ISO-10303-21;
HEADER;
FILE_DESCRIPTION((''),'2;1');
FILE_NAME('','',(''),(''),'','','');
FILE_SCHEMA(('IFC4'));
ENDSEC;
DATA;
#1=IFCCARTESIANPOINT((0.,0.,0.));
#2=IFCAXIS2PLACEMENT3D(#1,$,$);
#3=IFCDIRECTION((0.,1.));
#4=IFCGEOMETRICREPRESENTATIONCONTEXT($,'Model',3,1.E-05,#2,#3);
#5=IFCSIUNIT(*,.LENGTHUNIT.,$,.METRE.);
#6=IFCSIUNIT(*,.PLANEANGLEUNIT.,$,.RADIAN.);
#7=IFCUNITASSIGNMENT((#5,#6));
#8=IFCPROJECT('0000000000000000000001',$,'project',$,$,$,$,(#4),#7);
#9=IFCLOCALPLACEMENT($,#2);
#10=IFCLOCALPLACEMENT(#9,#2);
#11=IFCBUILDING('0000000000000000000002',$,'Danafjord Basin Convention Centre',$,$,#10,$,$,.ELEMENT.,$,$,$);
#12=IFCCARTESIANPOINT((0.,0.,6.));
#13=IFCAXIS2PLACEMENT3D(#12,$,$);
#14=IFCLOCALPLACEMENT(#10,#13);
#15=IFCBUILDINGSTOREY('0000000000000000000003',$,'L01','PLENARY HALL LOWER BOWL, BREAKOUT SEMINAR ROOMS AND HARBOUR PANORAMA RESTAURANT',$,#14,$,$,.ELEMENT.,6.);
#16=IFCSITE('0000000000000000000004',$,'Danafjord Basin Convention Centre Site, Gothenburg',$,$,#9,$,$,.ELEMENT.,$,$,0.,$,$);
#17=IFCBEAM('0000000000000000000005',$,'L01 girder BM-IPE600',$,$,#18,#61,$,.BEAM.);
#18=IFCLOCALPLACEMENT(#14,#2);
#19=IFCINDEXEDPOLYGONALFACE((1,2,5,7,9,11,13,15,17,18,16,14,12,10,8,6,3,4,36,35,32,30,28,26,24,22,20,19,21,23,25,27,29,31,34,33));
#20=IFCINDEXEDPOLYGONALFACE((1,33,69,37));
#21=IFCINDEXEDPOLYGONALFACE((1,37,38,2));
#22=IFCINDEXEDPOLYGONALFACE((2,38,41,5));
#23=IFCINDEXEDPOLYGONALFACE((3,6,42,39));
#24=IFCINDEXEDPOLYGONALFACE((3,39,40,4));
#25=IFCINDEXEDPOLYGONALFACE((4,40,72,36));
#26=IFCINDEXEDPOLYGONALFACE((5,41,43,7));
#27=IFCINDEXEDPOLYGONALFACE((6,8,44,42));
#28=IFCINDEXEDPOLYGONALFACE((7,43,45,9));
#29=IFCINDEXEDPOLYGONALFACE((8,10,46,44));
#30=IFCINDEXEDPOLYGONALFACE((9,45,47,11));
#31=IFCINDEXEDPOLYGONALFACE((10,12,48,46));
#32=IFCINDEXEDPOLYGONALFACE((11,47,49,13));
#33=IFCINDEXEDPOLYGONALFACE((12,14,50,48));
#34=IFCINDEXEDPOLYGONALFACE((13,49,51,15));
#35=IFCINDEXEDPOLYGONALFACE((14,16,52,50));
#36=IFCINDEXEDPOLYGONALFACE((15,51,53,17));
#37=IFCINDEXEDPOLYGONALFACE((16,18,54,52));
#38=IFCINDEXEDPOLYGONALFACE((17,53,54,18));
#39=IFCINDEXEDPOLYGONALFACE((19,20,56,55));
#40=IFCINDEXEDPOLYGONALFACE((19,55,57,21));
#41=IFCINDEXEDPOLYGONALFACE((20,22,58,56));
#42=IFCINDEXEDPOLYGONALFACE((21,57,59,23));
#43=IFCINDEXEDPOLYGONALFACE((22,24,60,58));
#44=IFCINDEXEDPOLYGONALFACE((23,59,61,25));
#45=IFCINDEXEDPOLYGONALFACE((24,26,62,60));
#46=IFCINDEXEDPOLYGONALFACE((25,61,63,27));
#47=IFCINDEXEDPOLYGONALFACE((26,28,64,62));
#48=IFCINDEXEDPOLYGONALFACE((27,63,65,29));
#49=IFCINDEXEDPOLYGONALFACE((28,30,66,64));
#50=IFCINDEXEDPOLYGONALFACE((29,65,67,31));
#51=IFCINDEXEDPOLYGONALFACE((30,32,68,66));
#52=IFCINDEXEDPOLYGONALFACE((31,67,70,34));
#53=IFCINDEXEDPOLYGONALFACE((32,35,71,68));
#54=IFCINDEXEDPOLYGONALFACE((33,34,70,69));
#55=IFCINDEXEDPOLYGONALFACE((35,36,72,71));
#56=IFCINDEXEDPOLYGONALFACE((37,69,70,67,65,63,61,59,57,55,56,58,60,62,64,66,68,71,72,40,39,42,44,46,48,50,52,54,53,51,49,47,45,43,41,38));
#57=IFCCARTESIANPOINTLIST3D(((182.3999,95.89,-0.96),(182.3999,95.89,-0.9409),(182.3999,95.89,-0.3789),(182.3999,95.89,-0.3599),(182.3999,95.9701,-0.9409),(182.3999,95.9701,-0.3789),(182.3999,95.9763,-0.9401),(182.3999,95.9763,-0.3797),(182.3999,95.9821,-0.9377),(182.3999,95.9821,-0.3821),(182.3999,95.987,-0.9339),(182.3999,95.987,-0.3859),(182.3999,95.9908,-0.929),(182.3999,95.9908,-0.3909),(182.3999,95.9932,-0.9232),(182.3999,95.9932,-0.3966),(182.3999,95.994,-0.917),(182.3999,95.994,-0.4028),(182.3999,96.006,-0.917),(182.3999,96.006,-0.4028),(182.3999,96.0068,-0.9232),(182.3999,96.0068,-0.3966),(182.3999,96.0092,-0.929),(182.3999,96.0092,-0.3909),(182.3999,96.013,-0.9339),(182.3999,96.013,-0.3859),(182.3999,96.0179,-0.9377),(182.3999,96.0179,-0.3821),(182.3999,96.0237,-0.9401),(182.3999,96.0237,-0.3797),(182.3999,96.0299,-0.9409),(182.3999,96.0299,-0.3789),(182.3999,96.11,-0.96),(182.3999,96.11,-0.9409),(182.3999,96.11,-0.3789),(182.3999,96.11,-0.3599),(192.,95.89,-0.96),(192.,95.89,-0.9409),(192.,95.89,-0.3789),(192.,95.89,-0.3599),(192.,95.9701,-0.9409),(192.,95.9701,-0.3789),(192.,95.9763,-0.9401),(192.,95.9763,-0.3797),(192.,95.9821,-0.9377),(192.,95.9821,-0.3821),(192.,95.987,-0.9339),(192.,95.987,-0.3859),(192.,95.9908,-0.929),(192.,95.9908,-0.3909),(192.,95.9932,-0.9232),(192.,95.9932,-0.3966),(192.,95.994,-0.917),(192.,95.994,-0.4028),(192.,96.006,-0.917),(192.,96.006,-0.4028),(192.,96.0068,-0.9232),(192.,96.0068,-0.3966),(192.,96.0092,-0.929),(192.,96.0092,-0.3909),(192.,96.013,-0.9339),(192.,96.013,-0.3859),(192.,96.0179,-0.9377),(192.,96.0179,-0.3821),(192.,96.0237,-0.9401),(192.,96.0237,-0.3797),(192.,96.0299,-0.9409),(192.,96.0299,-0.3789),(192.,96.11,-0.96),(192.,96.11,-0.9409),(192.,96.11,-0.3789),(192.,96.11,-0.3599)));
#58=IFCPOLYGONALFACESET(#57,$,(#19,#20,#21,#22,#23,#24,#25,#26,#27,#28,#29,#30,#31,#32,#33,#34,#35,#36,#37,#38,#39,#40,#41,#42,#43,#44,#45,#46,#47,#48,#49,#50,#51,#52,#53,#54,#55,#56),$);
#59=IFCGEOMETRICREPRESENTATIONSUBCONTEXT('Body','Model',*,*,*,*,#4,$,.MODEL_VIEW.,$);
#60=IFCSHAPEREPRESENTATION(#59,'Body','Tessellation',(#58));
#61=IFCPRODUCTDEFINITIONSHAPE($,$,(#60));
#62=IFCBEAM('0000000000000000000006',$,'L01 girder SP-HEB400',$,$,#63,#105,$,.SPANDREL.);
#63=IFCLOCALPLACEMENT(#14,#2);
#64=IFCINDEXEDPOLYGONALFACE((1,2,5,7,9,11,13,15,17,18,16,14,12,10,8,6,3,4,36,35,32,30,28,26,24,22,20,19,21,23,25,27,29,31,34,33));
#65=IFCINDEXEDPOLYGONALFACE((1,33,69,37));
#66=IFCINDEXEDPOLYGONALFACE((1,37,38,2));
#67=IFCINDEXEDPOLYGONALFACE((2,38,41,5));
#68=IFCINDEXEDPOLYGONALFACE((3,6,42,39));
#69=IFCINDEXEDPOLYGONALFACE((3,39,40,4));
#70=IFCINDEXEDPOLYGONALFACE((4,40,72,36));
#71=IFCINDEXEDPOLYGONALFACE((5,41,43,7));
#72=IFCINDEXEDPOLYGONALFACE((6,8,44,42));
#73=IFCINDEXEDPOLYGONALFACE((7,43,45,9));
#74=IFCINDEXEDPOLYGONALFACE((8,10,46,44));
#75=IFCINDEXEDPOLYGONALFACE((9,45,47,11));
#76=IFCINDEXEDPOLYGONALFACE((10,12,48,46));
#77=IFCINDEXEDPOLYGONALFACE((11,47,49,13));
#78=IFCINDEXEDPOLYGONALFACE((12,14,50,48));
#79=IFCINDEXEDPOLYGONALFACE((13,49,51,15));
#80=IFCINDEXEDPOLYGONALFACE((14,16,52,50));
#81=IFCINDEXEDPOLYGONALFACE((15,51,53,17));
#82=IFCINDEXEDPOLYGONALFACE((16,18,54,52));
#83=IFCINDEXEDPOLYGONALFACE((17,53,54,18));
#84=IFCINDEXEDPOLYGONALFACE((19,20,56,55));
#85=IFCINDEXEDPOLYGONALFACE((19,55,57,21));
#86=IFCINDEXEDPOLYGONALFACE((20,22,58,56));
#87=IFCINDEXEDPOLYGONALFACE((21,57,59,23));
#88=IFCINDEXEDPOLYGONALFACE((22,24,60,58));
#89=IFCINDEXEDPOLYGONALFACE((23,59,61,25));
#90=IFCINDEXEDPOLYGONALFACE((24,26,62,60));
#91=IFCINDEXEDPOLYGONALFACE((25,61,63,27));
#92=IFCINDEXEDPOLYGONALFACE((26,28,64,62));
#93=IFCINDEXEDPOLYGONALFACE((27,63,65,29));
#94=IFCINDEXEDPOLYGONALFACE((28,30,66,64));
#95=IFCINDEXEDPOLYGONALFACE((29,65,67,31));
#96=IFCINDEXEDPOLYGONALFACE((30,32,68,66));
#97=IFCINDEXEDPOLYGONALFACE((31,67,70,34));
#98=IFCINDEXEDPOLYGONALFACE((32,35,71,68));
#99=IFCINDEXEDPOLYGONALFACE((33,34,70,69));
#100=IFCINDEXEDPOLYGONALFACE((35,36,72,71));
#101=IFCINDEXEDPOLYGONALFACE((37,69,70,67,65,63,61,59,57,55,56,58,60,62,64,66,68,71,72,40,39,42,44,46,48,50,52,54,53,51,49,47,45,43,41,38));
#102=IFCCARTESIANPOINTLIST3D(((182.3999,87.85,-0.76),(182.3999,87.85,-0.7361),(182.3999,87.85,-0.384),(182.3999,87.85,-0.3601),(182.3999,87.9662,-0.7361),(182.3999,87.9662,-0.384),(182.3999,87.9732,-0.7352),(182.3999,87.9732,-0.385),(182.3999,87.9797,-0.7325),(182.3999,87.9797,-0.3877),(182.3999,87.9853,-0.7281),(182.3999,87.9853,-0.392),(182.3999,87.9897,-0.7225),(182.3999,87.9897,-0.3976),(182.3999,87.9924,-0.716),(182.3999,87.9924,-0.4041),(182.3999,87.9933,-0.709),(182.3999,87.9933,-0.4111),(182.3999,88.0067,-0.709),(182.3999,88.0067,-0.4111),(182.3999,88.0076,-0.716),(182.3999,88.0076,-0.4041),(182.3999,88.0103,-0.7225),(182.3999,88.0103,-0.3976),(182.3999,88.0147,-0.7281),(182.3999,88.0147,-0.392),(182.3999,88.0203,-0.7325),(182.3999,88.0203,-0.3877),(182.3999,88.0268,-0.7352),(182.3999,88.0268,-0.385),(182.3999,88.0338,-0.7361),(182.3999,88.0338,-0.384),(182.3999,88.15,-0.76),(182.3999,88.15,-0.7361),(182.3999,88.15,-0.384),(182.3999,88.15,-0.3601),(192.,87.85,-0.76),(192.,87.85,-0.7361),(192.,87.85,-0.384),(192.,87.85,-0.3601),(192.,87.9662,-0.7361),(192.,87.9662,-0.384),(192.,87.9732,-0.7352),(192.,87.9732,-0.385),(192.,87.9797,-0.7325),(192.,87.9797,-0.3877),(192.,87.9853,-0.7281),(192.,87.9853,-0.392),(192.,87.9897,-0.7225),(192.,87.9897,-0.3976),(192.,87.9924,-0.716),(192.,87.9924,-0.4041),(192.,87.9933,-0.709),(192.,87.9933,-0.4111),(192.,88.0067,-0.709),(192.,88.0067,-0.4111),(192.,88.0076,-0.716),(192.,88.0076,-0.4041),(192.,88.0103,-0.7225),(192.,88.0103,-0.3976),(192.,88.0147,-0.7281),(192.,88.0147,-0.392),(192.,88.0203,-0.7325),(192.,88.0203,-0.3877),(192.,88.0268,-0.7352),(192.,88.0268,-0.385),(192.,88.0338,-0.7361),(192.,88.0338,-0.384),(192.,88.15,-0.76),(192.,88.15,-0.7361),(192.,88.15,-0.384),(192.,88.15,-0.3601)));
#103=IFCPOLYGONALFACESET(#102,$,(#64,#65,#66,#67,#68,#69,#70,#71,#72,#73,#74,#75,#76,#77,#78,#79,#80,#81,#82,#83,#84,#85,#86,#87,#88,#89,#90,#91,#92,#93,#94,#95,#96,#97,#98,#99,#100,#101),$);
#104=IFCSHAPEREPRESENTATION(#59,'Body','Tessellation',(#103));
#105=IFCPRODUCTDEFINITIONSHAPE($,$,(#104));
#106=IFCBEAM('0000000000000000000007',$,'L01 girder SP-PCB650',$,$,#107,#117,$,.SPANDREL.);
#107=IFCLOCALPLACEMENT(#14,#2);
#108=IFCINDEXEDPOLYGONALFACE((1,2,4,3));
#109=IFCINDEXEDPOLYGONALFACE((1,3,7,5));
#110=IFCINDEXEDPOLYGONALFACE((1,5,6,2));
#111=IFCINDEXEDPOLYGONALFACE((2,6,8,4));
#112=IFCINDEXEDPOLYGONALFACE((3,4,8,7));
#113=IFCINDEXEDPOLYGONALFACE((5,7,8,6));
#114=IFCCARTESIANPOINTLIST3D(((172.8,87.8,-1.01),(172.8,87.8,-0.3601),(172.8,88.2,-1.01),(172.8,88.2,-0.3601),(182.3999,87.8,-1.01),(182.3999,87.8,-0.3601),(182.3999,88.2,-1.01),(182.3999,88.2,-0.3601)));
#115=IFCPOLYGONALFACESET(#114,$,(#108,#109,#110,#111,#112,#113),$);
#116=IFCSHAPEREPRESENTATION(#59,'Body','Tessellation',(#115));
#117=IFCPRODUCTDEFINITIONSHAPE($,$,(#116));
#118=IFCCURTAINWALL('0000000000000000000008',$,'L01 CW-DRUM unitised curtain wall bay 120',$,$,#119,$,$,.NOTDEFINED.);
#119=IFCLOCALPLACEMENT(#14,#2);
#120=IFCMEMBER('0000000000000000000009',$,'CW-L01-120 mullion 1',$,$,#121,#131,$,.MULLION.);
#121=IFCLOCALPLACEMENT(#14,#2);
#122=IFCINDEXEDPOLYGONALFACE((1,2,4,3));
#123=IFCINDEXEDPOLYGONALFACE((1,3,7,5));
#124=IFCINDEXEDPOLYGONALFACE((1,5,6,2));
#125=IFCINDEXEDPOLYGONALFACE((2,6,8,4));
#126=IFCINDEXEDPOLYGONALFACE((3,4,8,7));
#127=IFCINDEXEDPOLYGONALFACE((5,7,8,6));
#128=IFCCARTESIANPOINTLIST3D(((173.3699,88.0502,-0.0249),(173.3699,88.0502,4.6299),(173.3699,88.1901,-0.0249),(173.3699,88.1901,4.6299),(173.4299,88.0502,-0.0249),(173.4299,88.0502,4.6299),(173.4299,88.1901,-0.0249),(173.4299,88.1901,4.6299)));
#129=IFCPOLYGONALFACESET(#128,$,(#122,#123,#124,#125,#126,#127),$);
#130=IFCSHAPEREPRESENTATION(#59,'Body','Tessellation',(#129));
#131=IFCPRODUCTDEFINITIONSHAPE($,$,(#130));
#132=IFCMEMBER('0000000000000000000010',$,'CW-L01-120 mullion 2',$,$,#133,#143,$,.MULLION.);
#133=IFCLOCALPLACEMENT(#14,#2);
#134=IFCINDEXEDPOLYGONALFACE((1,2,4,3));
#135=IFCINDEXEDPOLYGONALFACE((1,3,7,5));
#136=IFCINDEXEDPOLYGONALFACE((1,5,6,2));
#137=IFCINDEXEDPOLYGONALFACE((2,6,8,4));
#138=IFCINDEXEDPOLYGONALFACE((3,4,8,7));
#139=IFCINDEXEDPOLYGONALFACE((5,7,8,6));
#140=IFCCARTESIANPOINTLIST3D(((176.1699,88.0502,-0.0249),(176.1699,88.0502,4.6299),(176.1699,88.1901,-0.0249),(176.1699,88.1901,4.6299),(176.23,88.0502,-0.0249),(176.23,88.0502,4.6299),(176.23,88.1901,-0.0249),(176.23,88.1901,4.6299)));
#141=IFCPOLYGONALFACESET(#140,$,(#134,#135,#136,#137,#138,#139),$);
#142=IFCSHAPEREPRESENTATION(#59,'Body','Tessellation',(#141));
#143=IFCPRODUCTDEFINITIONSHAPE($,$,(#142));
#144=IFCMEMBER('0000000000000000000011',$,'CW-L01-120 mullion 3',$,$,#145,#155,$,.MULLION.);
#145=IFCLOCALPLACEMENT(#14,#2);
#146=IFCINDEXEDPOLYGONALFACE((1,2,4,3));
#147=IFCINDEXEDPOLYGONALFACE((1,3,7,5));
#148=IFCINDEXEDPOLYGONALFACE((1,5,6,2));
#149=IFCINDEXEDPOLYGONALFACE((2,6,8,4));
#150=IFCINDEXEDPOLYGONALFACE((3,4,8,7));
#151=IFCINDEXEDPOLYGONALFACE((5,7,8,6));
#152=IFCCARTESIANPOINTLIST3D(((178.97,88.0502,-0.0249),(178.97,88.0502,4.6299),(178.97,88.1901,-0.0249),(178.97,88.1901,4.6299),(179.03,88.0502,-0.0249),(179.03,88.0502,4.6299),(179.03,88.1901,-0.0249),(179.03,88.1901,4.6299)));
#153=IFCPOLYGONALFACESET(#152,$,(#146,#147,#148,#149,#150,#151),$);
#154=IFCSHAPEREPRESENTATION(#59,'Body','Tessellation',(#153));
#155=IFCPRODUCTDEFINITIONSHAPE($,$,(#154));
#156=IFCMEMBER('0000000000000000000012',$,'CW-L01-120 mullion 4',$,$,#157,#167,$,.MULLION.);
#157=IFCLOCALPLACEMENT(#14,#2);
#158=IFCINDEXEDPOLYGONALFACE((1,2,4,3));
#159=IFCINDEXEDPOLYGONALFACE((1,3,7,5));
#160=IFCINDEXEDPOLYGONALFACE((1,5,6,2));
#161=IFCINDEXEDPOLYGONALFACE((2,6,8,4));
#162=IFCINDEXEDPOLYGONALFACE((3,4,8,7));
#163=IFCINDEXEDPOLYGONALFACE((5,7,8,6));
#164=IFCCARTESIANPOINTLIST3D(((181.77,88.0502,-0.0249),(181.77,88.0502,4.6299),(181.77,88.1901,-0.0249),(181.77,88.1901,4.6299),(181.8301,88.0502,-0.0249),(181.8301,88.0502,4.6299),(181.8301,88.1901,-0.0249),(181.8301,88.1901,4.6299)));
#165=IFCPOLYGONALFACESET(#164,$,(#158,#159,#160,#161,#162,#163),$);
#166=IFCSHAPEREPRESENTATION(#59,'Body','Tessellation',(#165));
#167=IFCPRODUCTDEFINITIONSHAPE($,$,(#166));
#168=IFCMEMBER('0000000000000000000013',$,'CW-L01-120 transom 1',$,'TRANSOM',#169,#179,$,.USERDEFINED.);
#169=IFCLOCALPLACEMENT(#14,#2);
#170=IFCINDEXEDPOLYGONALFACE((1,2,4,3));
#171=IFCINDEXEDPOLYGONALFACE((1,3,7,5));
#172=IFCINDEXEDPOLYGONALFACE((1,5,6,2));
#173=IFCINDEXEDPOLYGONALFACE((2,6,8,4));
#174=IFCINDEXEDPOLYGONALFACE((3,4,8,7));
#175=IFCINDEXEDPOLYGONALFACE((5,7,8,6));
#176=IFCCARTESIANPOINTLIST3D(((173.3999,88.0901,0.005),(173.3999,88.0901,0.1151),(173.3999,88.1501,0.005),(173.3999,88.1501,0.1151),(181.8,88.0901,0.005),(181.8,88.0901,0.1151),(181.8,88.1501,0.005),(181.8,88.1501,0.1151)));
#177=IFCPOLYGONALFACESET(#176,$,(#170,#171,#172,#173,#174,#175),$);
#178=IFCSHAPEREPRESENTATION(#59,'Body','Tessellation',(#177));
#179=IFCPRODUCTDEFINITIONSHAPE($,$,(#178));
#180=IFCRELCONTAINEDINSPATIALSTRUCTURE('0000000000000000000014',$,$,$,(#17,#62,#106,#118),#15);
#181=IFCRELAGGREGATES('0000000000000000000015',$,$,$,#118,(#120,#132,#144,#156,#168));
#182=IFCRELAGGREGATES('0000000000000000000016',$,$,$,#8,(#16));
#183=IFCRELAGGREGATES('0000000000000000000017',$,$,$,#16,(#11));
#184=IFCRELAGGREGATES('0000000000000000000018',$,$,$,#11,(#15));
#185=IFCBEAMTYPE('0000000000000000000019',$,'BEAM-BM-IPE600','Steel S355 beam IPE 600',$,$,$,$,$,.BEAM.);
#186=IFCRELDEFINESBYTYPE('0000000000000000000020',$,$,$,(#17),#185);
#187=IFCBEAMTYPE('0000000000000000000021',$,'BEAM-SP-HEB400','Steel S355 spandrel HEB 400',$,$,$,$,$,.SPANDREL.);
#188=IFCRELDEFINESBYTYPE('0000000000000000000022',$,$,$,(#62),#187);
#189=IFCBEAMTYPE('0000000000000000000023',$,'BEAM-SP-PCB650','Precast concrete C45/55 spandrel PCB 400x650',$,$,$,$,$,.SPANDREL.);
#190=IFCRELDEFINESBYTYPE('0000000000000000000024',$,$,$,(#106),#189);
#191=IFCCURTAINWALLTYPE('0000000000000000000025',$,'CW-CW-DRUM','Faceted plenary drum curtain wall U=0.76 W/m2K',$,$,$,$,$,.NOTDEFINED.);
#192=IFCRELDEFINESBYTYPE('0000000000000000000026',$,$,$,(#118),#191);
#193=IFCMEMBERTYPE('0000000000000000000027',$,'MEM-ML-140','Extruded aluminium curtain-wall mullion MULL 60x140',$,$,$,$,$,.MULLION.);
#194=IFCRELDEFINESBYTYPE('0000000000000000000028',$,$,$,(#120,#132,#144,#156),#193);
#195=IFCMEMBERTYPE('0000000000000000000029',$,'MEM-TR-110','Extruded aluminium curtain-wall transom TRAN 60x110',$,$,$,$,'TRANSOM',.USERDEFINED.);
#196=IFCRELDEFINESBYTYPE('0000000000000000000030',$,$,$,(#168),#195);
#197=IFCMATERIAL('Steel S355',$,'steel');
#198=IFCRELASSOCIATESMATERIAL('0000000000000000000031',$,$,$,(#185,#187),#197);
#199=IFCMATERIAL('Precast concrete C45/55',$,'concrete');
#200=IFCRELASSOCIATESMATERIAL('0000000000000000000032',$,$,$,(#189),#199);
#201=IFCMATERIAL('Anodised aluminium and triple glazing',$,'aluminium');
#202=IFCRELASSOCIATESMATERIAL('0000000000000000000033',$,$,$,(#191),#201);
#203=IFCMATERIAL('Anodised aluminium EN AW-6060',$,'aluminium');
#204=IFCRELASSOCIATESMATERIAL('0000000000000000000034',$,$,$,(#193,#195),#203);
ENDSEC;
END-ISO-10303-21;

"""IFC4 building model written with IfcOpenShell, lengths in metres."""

from ifc_helpers import new_model, si_unit, direction, frame, origin, origin_2d, place, context, subcontext, project, spatial, rectangle, i_section, extrude, material, material_profile, profile_set, type_object, element, aggregate, save


model = new_model("IFC4")

# Units and contexts
model_context = context("Model", 3, precision=1e-05, world=origin(), true_north=direction((0.0, 1.0)))
body_context = subcontext(model_context, "Body", "Model", "MODEL_VIEW")
ifc_project = project(units=[si_unit("LENGTHUNIT", "METRE"), si_unit("PLANEANGLEUNIT", "RADIAN")], contexts=[model_context])

# Site, building, storey
site_placement = place(None, origin())
site = spatial("IfcSite", under=ifc_project, at=site_placement, Name="Danafjord Basin Convention Centre Site, Gothenburg", CompositionType="ELEMENT", RefElevation=0.0)
building_placement = place(site_placement, origin())
building = spatial("IfcBuilding", under=site, at=building_placement, Name="Danafjord Basin Convention Centre", CompositionType="ELEMENT")
storey_placement = place(building_placement, frame((0.0, 0.0, 6.0)))
storey = spatial("IfcBuildingStorey", under=building, at=storey_placement, Name="L01", Description="PLENARY HALL LOWER BOWL, BREAKOUT SEMINAR ROOMS AND HARBOUR PANORAMA RESTAURANT", CompositionType="ELEMENT", Elevation=6.0)

# Shared definitions
ifc_material_1 = material(Name="Steel S355", Category="steel")

# Beams
ifc_material_profile_1 = material_profile(ifc_material_1, i_section(OverallWidth=0.22, OverallDepth=0.6001, WebThickness=0.012, FlangeThickness=0.019, FilletRadius=0.0239, at=origin_2d()), Name="IPE 600")
ifc_profile_set_1 = profile_set([ifc_material_profile_1], Name="Steel S355")
beam_type_1 = type_object("IfcBeamType", Name="BEAM-BM-IPE600", Description="Steel S355 beam IPE 600", PredefinedType="BEAM", material=ifc_profile_set_1)
beam_1_placement = place(storey_placement, frame((182.3999, 96.0, -0.6599), z_axis=(1.0, 0.0, 0.0), x_axis=(0.0, 1.0, 0.0)))
element("IfcBeam", 1, at=beam_1_placement, inside=storey, type_object=beam_type_1, Name="L01 girder BM-IPE600", PredefinedType="BEAM", context=body_context, shape_type="SweptSolid", body=[
    extrude(i_section(OverallWidth=0.22, OverallDepth=0.6001, WebThickness=0.012, FlangeThickness=0.019, FilletRadius=0.0239, at=origin_2d()), origin(), (0.0, 0.0, 1.0), 9.6001),
])
ifc_material_profile_2 = material_profile(ifc_material_1, i_section(OverallWidth=0.3, OverallDepth=0.3999, WebThickness=0.0134, FlangeThickness=0.0239, FilletRadius=0.0271, at=origin_2d()), Name="HEB 400")
ifc_profile_set_2 = profile_set([ifc_material_profile_2], Name="Steel S355")
beam_type_2 = type_object("IfcBeamType", Name="BEAM-SP-HEB400", Description="Steel S355 spandrel HEB 400", PredefinedType="SPANDREL", material=ifc_profile_set_2)
beam_2_placement = place(storey_placement, frame((182.3999, 88.0, -0.5601), z_axis=(1.0, 0.0, 0.0), x_axis=(0.0, 1.0, 0.0)))
element("IfcBeam", 2, at=beam_2_placement, inside=storey, type_object=beam_type_2, Name="L01 girder SP-HEB400", PredefinedType="SPANDREL", context=body_context, shape_type="SweptSolid", body=[
    extrude(i_section(OverallWidth=0.3, OverallDepth=0.3999, WebThickness=0.0134, FlangeThickness=0.0239, FilletRadius=0.0271, at=origin_2d()), origin(), (0.0, 0.0, 1.0), 9.6001),
])
ifc_material_2 = material(Name="Precast concrete C45/55", Category="concrete")
ifc_material_profile_3 = material_profile(ifc_material_2, rectangle(XDim=0.3999, YDim=0.6499, at=origin_2d()), Name="PCB 400x650")
ifc_profile_set_3 = profile_set([ifc_material_profile_3], Name="Precast concrete C45/55")
beam_type_3 = type_object("IfcBeamType", Name="BEAM-SP-PCB650", Description="Precast concrete C45/55 spandrel PCB 400x650", PredefinedType="SPANDREL", material=ifc_profile_set_3)
beam_3_placement = place(storey_placement, frame((172.8, 88.0, -0.6851), z_axis=(1.0, 0.0, 0.0), x_axis=(0.0, 1.0, 0.0)))
element("IfcBeam", 3, at=beam_3_placement, inside=storey, type_object=beam_type_3, Name="L01 girder SP-PCB650", PredefinedType="SPANDREL", context=body_context, shape_type="SweptSolid", body=[
    extrude(rectangle(XDim=0.3999, YDim=0.6499, at=origin_2d()), origin(), (0.0, 0.0, 1.0), 9.5999),
])

# Curtain wall, members
ifc_material_3 = material(Name="Anodised aluminium and triple glazing", Category="aluminium")
curtain_wall_type = type_object("IfcCurtainWallType", Name="CW-CW-DRUM", Description="Faceted plenary drum curtain wall U=0.76 W/m2K", PredefinedType="NOTDEFINED", material=ifc_material_3)
curtain_wall_placement = place(storey_placement, origin())
curtain_wall = element("IfcCurtainWall", 4, at=curtain_wall_placement, inside=storey, type_object=curtain_wall_type, Name="L01 CW-DRUM unitised curtain wall bay 120", PredefinedType="NOTDEFINED")
ifc_material_4 = material(Name="Anodised aluminium EN AW-6060", Category="aluminium")
ifc_material_profile_4 = material_profile(ifc_material_4, rectangle(XDim=0.0601, YDim=0.1399, at=origin_2d()), Name="MULL 60x140")
ifc_profile_set_4 = profile_set([ifc_material_profile_4], Name="Anodised aluminium EN AW-6060")
member_type_1 = type_object("IfcMemberType", Name="MEM-ML-140", Description="Extruded aluminium curtain-wall mullion MULL 60x140", PredefinedType="MULLION", material=ifc_profile_set_4)
member_1_placement = place(storey_placement, frame((173.3999, 88.1201, -0.0249), z_axis=(0.0, 0.0, 1.0), x_axis=(1.0, 0.0, 0.0)))
member_1 = element("IfcMember", 5, at=member_1_placement, type_object=member_type_1, Name="CW-L01-120 mullion 1", PredefinedType="MULLION", context=body_context, shape_type="SweptSolid", body=[
    extrude(rectangle(XDim=0.0601, YDim=0.1399, at=origin_2d()), origin(), (0.0, 0.0, 1.0), 4.6548),
])
member_2_placement = place(storey_placement, frame((176.2, 88.1201, -0.0249), z_axis=(0.0, 0.0, 1.0), x_axis=(1.0, 0.0, 0.0)))
member_2 = element("IfcMember", 6, at=member_2_placement, type_object=member_type_1, Name="CW-L01-120 mullion 2", PredefinedType="MULLION", context=body_context, shape_type="SweptSolid", body=[
    extrude(rectangle(XDim=0.0601, YDim=0.1399, at=origin_2d()), origin(), (0.0, 0.0, 1.0), 4.6548),
])
member_3_placement = place(storey_placement, frame((179.0, 88.1201, -0.0249), z_axis=(0.0, 0.0, 1.0), x_axis=(1.0, 0.0, 0.0)))
member_3 = element("IfcMember", 7, at=member_3_placement, type_object=member_type_1, Name="CW-L01-120 mullion 3", PredefinedType="MULLION", context=body_context, shape_type="SweptSolid", body=[
    extrude(rectangle(XDim=0.0601, YDim=0.1399, at=origin_2d()), origin(), (0.0, 0.0, 1.0), 4.6548),
])
member_4_placement = place(storey_placement, frame((181.8, 88.1201, -0.0249), z_axis=(0.0, 0.0, 1.0), x_axis=(1.0, 0.0, 0.0)))
member_4 = element("IfcMember", 8, at=member_4_placement, type_object=member_type_1, Name="CW-L01-120 mullion 4", PredefinedType="MULLION", context=body_context, shape_type="SweptSolid", body=[
    extrude(rectangle(XDim=0.0601, YDim=0.1399, at=origin_2d()), origin(), (0.0, 0.0, 1.0), 4.6548),
])
ifc_material_profile_5 = material_profile(ifc_material_4, rectangle(XDim=0.0601, YDim=0.1101, at=origin_2d()), Name="TRAN 60x110")
ifc_profile_set_5 = profile_set([ifc_material_profile_5], Name="Anodised aluminium EN AW-6060")
member_type_2 = type_object("IfcMemberType", Name="MEM-TR-110", Description="Extruded aluminium curtain-wall transom TRAN 60x110", ElementType="TRANSOM", PredefinedType="USERDEFINED", material=ifc_profile_set_5)
member_5_placement = place(storey_placement, frame((173.3999, 88.1201, 0.0601), z_axis=(1.0, 0.0, 0.0), x_axis=(0.0, 1.0, 0.0)))
member_5 = element("IfcMember", 9, at=member_5_placement, type_object=member_type_2, Name="CW-L01-120 transom 1", ObjectType="TRANSOM", PredefinedType="USERDEFINED", context=body_context, shape_type="SweptSolid", body=[
    extrude(rectangle(XDim=0.0601, YDim=0.1101, at=origin_2d()), origin(), (0.0, 0.0, 1.0), 8.4001),
])
aggregate(curtain_wall, [member_1, member_2, member_3, member_4, member_5])

save(model, "model.ifc")
